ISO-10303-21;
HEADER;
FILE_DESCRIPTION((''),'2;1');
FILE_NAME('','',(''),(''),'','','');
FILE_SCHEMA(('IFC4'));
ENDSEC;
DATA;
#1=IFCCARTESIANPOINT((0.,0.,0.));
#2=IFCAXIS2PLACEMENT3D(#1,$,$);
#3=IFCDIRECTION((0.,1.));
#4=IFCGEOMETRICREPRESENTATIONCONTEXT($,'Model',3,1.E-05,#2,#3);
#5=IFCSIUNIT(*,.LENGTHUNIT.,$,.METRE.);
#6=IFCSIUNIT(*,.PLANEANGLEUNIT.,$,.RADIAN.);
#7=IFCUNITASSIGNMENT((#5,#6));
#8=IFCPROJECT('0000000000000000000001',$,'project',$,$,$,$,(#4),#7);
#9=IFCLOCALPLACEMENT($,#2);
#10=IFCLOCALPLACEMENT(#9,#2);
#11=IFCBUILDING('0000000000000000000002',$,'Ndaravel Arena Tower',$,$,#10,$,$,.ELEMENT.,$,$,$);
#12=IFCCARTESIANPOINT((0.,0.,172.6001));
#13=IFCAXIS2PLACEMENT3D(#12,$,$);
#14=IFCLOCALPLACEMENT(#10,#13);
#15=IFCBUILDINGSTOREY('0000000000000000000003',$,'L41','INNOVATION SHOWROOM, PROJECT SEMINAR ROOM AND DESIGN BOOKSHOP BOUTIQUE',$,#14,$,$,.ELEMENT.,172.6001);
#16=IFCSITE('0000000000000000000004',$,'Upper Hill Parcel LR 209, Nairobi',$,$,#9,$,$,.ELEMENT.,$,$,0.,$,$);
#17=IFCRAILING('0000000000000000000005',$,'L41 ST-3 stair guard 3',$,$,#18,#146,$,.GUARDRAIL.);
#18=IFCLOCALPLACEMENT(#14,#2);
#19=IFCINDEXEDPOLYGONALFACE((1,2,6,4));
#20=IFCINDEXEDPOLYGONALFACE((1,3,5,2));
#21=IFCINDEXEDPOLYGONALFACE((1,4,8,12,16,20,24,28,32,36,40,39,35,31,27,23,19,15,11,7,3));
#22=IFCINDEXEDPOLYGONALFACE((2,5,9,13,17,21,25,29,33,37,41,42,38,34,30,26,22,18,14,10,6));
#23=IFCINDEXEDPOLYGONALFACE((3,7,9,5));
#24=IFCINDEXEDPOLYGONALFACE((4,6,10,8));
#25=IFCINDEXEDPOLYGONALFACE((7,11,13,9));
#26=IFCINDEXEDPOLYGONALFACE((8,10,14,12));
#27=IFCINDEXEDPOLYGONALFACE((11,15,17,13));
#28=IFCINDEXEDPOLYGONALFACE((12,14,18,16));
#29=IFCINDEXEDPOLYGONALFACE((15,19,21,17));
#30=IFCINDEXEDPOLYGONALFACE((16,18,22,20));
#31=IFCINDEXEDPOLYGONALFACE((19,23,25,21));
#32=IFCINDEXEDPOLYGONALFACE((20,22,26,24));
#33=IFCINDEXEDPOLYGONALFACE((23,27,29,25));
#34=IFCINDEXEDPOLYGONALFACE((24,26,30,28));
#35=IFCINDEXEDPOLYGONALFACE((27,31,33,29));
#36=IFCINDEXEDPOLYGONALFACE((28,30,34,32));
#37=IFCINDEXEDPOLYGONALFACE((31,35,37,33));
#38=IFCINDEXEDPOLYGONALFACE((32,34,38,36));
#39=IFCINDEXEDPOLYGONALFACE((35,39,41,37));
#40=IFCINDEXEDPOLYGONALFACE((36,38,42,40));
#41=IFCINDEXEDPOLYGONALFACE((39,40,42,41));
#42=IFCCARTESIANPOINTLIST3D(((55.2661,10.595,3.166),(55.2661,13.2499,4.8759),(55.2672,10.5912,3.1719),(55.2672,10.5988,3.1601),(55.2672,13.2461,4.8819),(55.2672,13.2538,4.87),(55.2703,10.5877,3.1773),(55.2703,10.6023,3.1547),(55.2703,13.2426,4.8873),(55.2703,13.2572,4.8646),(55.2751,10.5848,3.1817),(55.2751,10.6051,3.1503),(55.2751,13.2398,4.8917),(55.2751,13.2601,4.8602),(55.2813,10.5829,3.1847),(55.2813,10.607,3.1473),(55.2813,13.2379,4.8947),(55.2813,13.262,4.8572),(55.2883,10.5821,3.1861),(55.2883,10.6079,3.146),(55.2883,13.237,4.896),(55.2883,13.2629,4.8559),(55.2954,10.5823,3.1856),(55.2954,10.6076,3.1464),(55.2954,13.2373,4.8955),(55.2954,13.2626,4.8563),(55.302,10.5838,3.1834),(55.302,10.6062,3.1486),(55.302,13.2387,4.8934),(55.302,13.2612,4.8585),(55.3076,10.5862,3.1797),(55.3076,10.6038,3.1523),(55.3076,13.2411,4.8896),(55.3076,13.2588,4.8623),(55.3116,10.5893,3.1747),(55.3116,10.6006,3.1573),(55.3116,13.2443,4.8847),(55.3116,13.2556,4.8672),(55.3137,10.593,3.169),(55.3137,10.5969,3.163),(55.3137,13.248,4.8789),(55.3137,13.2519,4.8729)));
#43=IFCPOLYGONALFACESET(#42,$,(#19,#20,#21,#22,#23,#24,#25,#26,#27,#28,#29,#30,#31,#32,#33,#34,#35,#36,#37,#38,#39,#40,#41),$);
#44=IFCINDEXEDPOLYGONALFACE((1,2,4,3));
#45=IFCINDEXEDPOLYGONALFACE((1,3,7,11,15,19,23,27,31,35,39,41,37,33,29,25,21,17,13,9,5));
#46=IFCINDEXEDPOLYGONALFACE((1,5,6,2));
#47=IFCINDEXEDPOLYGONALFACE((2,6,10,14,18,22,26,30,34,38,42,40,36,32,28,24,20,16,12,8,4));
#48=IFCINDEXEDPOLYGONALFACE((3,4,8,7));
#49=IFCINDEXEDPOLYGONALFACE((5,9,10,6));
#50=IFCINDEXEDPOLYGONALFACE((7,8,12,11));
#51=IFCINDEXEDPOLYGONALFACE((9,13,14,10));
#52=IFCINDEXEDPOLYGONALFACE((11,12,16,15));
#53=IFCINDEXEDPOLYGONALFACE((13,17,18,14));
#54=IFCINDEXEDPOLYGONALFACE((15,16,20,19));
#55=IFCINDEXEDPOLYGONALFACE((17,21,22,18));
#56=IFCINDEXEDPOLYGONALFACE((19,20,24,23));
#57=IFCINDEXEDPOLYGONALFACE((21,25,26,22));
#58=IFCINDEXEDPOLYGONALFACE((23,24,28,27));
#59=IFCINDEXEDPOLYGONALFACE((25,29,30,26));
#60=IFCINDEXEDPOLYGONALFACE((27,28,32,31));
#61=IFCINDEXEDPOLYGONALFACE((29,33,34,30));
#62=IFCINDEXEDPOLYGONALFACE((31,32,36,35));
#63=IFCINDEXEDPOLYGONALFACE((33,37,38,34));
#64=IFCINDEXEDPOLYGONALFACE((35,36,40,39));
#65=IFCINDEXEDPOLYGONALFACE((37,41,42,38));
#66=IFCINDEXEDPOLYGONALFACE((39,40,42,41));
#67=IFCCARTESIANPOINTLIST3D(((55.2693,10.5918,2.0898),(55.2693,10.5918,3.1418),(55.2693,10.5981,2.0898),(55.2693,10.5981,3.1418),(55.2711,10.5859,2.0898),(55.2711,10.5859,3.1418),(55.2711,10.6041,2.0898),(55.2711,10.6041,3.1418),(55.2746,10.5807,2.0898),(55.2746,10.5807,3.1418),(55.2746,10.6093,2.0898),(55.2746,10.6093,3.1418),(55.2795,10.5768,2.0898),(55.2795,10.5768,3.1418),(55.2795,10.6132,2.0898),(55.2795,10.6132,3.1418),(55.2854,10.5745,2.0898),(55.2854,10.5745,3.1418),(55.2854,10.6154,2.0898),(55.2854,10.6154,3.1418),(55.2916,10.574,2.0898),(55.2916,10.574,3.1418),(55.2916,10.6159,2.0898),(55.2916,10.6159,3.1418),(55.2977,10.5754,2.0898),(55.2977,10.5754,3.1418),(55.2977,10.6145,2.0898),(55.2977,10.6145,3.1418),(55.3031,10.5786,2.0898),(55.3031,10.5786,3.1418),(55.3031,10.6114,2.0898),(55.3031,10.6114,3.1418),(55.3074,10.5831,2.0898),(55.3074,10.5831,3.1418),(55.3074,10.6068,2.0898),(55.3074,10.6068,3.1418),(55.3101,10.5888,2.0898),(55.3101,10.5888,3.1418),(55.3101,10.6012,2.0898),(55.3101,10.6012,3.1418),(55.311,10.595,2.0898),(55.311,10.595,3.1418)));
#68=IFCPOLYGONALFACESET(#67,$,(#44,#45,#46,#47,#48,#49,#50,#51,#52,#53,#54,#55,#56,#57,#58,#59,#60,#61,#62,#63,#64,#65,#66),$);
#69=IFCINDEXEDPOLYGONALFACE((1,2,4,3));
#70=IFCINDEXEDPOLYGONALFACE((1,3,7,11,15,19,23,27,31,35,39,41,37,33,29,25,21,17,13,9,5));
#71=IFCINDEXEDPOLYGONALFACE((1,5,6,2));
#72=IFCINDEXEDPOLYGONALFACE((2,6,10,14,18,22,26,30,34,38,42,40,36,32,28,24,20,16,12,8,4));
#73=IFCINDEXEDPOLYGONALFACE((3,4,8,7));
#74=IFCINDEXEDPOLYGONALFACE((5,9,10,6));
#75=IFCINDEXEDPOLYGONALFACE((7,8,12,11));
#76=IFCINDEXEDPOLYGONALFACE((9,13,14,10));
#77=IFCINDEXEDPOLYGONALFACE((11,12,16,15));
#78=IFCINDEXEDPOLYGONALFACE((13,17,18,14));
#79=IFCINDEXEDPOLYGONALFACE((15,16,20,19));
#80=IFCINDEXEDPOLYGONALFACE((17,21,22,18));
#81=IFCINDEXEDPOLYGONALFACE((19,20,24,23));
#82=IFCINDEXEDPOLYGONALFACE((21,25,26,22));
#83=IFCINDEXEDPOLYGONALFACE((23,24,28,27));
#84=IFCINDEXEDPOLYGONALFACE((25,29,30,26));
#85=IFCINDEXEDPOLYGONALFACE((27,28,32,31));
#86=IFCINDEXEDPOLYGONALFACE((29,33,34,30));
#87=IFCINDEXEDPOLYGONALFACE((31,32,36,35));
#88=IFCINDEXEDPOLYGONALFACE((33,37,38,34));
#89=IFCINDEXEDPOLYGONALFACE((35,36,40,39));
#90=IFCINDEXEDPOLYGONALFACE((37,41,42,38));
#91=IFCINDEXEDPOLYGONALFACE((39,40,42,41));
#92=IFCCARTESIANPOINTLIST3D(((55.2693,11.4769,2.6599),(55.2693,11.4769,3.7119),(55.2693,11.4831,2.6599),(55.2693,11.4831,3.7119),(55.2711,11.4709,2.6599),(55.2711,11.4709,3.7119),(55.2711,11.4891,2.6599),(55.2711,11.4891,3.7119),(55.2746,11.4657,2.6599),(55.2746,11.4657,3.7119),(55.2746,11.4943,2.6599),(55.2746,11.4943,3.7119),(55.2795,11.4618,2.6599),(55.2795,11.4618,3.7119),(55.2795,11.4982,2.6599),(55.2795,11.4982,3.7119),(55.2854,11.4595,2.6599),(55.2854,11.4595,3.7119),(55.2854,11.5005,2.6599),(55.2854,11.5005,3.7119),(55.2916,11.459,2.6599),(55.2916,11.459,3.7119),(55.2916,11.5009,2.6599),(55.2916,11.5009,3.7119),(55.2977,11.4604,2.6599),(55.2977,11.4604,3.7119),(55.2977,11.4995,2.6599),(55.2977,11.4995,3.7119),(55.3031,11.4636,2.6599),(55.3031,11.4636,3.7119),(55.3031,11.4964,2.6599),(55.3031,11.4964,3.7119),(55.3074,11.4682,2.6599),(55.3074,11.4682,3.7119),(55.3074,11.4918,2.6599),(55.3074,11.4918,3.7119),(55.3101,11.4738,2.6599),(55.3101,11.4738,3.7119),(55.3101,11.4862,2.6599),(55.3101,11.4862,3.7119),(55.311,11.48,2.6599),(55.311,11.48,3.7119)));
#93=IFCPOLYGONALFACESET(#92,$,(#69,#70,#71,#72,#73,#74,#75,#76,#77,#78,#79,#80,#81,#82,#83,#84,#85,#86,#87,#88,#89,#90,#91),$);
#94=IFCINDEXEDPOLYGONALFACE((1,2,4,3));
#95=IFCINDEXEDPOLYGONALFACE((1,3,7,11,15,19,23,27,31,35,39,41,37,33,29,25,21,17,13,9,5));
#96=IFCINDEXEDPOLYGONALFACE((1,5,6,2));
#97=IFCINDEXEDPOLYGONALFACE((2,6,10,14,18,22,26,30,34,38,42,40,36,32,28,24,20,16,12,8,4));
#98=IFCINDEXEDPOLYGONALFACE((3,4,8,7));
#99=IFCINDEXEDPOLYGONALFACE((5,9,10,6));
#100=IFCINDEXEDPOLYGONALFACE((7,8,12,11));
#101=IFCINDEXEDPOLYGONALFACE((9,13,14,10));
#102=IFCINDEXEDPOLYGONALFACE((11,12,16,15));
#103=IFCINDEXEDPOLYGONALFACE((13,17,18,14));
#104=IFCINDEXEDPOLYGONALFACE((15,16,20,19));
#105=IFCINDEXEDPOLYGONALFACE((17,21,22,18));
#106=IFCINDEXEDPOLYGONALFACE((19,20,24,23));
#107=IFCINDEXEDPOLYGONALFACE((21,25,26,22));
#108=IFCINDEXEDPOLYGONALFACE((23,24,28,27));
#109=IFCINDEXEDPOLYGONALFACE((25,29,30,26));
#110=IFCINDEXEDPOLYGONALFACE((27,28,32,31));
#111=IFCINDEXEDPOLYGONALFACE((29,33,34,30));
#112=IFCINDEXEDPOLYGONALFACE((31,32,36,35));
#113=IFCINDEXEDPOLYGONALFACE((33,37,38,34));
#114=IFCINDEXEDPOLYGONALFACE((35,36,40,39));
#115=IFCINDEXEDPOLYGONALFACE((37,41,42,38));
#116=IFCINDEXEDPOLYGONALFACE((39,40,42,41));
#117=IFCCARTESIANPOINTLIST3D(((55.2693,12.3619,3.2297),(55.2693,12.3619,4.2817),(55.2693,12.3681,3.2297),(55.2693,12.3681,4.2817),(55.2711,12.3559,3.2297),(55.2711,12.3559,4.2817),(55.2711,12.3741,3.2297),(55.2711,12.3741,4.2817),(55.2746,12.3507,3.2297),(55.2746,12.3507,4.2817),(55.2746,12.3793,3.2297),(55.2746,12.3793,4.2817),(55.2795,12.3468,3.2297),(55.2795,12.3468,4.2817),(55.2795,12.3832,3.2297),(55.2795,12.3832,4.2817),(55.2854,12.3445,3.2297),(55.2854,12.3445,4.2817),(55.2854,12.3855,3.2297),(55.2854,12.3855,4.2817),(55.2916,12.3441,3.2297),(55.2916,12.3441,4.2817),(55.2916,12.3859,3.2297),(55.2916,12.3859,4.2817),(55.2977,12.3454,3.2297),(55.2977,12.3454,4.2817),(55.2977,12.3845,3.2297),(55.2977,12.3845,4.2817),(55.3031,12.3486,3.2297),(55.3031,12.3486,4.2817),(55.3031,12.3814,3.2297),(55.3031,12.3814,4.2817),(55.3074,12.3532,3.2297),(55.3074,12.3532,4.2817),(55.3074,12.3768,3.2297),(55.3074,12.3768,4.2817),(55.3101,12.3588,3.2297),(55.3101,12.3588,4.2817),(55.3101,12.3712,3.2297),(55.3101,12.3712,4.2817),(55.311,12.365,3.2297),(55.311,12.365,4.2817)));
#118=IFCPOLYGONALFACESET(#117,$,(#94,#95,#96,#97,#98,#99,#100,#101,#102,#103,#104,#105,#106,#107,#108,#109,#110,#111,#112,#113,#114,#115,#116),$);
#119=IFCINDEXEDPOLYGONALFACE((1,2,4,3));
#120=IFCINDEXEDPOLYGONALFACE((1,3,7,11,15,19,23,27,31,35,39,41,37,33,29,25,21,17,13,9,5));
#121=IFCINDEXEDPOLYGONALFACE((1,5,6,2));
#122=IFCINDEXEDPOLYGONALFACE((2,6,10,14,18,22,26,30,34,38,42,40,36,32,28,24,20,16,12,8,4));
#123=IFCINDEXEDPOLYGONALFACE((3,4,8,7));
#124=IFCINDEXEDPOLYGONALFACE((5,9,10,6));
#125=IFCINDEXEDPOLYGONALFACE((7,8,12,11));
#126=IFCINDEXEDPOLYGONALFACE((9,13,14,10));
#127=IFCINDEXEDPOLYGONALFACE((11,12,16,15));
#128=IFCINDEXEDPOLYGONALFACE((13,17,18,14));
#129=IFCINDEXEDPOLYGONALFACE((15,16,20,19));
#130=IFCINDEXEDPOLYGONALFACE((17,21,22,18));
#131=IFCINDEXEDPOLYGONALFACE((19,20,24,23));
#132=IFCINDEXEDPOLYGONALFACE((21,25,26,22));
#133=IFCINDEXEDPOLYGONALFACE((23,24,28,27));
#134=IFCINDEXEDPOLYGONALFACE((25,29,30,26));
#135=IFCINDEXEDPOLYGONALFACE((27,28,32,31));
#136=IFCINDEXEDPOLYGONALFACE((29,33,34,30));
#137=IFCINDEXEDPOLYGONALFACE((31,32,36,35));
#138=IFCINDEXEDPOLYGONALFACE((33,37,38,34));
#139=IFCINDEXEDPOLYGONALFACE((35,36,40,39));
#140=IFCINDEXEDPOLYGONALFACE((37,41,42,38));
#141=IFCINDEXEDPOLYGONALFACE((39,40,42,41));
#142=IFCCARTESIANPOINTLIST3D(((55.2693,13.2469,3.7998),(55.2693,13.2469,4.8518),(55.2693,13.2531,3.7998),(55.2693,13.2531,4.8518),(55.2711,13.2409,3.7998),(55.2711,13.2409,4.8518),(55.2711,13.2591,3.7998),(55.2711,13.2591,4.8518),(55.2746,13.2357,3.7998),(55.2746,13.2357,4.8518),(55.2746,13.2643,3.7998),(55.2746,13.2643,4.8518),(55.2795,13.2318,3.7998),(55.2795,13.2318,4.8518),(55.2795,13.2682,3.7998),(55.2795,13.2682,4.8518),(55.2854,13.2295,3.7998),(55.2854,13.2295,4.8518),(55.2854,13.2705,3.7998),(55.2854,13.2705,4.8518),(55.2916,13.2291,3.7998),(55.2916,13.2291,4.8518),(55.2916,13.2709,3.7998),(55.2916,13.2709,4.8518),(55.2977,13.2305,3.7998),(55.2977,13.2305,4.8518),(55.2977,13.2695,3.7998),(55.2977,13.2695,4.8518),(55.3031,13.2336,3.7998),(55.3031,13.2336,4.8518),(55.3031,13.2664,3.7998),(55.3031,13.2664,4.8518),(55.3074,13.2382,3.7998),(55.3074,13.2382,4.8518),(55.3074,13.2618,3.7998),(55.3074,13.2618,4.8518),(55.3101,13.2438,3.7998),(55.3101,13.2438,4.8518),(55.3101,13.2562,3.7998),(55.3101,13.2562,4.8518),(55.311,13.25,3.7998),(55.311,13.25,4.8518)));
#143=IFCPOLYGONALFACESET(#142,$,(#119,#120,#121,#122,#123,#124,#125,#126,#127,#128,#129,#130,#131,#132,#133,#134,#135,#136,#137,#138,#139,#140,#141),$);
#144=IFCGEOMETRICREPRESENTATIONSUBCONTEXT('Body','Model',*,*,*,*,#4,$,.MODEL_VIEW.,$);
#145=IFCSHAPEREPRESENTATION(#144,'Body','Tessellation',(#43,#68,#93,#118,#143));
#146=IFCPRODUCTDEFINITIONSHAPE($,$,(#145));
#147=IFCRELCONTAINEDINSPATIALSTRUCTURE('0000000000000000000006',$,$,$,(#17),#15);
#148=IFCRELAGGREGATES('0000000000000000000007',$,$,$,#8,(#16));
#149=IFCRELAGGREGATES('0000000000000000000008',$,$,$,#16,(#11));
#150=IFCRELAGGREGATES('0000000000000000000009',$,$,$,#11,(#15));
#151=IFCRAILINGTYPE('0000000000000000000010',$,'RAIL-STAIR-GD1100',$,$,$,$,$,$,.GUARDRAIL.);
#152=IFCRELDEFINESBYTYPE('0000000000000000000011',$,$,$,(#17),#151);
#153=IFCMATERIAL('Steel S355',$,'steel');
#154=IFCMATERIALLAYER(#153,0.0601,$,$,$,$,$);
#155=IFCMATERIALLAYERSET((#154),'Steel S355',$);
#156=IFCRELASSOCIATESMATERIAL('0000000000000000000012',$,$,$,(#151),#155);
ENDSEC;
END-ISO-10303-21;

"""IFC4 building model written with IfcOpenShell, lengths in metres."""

from ifc_helpers import new_model, si_unit, direction, frame, origin, origin_2d, place, context, subcontext, project, spatial, circle, extrude, material, layer, layer_set, type_object, element, save


model = new_model("IFC4")

# Units and contexts
model_context = context("Model", 3, precision=1e-05, world=origin(), true_north=direction((0.0, 1.0)))
body_context = subcontext(model_context, "Body", "Model", "MODEL_VIEW")
ifc_project = project(units=[si_unit("LENGTHUNIT", "METRE"), si_unit("PLANEANGLEUNIT", "RADIAN")], contexts=[model_context])

# Site, building, storey
site_placement = place(None, origin())
site = spatial("IfcSite", under=ifc_project, at=site_placement, Name="Upper Hill Parcel LR 209, Nairobi", CompositionType="ELEMENT", RefElevation=0.0)
building_placement = place(site_placement, origin())
building = spatial("IfcBuilding", under=site, at=building_placement, Name="Ndaravel Arena Tower", CompositionType="ELEMENT")
storey_placement = place(building_placement, frame((0.0, 0.0, 172.6001)))
storey = spatial("IfcBuildingStorey", under=building, at=storey_placement, Name="L41", Description="INNOVATION SHOWROOM, PROJECT SEMINAR ROOM AND DESIGN BOOKSHOP BOUTIQUE", CompositionType="ELEMENT", Elevation=172.6001)

# Railing
ifc_material_1 = material(Name="Steel S355", Category="steel")
ifc_layer_1 = layer(ifc_material_1, 0.0601)
ifc_layer_set_1 = layer_set([ifc_layer_1], Name="Steel S355")
railing_type_1 = type_object("IfcRailingType", Name="RAIL-STAIR-GD1100", PredefinedType="GUARDRAIL", material=ifc_layer_set_1)
railing_1_placement = place(storey_placement, frame((55.29, 10.595, 2.0898)))
element("IfcRailing", 1, at=railing_1_placement, inside=storey, type_object=railing_type_1, Name="L41 ST-3 stair guard 3", PredefinedType="GUARDRAIL", context=body_context, shape_type="SweptSolid", body=[
    extrude(circle(Radius=0.0239, at=origin_2d()), frame((0.0, 0.0, 1.0762), z_axis=(0.0, 0.840724, 0.541465), x_axis=(-1.0, 0.0, 0.0)), (0.0, 0.0, 1.0), 3.158),
    extrude(circle(Radius=0.021, at=origin_2d()), origin(), (0.0, 0.0, 1.0), 1.052),
    extrude(circle(Radius=0.021, at=origin_2d()), frame((0.0, 0.885, 0.5701)), (0.0, 0.0, 1.0), 1.052),
    extrude(circle(Radius=0.021, at=origin_2d()), frame((0.0, 1.77, 1.1399)), (0.0, 0.0, 1.0), 1.052),
    extrude(circle(Radius=0.021, at=origin_2d()), frame((0.0, 2.655, 1.71)), (0.0, 0.0, 1.0), 1.052),
])

save(model, "model.ifc")
